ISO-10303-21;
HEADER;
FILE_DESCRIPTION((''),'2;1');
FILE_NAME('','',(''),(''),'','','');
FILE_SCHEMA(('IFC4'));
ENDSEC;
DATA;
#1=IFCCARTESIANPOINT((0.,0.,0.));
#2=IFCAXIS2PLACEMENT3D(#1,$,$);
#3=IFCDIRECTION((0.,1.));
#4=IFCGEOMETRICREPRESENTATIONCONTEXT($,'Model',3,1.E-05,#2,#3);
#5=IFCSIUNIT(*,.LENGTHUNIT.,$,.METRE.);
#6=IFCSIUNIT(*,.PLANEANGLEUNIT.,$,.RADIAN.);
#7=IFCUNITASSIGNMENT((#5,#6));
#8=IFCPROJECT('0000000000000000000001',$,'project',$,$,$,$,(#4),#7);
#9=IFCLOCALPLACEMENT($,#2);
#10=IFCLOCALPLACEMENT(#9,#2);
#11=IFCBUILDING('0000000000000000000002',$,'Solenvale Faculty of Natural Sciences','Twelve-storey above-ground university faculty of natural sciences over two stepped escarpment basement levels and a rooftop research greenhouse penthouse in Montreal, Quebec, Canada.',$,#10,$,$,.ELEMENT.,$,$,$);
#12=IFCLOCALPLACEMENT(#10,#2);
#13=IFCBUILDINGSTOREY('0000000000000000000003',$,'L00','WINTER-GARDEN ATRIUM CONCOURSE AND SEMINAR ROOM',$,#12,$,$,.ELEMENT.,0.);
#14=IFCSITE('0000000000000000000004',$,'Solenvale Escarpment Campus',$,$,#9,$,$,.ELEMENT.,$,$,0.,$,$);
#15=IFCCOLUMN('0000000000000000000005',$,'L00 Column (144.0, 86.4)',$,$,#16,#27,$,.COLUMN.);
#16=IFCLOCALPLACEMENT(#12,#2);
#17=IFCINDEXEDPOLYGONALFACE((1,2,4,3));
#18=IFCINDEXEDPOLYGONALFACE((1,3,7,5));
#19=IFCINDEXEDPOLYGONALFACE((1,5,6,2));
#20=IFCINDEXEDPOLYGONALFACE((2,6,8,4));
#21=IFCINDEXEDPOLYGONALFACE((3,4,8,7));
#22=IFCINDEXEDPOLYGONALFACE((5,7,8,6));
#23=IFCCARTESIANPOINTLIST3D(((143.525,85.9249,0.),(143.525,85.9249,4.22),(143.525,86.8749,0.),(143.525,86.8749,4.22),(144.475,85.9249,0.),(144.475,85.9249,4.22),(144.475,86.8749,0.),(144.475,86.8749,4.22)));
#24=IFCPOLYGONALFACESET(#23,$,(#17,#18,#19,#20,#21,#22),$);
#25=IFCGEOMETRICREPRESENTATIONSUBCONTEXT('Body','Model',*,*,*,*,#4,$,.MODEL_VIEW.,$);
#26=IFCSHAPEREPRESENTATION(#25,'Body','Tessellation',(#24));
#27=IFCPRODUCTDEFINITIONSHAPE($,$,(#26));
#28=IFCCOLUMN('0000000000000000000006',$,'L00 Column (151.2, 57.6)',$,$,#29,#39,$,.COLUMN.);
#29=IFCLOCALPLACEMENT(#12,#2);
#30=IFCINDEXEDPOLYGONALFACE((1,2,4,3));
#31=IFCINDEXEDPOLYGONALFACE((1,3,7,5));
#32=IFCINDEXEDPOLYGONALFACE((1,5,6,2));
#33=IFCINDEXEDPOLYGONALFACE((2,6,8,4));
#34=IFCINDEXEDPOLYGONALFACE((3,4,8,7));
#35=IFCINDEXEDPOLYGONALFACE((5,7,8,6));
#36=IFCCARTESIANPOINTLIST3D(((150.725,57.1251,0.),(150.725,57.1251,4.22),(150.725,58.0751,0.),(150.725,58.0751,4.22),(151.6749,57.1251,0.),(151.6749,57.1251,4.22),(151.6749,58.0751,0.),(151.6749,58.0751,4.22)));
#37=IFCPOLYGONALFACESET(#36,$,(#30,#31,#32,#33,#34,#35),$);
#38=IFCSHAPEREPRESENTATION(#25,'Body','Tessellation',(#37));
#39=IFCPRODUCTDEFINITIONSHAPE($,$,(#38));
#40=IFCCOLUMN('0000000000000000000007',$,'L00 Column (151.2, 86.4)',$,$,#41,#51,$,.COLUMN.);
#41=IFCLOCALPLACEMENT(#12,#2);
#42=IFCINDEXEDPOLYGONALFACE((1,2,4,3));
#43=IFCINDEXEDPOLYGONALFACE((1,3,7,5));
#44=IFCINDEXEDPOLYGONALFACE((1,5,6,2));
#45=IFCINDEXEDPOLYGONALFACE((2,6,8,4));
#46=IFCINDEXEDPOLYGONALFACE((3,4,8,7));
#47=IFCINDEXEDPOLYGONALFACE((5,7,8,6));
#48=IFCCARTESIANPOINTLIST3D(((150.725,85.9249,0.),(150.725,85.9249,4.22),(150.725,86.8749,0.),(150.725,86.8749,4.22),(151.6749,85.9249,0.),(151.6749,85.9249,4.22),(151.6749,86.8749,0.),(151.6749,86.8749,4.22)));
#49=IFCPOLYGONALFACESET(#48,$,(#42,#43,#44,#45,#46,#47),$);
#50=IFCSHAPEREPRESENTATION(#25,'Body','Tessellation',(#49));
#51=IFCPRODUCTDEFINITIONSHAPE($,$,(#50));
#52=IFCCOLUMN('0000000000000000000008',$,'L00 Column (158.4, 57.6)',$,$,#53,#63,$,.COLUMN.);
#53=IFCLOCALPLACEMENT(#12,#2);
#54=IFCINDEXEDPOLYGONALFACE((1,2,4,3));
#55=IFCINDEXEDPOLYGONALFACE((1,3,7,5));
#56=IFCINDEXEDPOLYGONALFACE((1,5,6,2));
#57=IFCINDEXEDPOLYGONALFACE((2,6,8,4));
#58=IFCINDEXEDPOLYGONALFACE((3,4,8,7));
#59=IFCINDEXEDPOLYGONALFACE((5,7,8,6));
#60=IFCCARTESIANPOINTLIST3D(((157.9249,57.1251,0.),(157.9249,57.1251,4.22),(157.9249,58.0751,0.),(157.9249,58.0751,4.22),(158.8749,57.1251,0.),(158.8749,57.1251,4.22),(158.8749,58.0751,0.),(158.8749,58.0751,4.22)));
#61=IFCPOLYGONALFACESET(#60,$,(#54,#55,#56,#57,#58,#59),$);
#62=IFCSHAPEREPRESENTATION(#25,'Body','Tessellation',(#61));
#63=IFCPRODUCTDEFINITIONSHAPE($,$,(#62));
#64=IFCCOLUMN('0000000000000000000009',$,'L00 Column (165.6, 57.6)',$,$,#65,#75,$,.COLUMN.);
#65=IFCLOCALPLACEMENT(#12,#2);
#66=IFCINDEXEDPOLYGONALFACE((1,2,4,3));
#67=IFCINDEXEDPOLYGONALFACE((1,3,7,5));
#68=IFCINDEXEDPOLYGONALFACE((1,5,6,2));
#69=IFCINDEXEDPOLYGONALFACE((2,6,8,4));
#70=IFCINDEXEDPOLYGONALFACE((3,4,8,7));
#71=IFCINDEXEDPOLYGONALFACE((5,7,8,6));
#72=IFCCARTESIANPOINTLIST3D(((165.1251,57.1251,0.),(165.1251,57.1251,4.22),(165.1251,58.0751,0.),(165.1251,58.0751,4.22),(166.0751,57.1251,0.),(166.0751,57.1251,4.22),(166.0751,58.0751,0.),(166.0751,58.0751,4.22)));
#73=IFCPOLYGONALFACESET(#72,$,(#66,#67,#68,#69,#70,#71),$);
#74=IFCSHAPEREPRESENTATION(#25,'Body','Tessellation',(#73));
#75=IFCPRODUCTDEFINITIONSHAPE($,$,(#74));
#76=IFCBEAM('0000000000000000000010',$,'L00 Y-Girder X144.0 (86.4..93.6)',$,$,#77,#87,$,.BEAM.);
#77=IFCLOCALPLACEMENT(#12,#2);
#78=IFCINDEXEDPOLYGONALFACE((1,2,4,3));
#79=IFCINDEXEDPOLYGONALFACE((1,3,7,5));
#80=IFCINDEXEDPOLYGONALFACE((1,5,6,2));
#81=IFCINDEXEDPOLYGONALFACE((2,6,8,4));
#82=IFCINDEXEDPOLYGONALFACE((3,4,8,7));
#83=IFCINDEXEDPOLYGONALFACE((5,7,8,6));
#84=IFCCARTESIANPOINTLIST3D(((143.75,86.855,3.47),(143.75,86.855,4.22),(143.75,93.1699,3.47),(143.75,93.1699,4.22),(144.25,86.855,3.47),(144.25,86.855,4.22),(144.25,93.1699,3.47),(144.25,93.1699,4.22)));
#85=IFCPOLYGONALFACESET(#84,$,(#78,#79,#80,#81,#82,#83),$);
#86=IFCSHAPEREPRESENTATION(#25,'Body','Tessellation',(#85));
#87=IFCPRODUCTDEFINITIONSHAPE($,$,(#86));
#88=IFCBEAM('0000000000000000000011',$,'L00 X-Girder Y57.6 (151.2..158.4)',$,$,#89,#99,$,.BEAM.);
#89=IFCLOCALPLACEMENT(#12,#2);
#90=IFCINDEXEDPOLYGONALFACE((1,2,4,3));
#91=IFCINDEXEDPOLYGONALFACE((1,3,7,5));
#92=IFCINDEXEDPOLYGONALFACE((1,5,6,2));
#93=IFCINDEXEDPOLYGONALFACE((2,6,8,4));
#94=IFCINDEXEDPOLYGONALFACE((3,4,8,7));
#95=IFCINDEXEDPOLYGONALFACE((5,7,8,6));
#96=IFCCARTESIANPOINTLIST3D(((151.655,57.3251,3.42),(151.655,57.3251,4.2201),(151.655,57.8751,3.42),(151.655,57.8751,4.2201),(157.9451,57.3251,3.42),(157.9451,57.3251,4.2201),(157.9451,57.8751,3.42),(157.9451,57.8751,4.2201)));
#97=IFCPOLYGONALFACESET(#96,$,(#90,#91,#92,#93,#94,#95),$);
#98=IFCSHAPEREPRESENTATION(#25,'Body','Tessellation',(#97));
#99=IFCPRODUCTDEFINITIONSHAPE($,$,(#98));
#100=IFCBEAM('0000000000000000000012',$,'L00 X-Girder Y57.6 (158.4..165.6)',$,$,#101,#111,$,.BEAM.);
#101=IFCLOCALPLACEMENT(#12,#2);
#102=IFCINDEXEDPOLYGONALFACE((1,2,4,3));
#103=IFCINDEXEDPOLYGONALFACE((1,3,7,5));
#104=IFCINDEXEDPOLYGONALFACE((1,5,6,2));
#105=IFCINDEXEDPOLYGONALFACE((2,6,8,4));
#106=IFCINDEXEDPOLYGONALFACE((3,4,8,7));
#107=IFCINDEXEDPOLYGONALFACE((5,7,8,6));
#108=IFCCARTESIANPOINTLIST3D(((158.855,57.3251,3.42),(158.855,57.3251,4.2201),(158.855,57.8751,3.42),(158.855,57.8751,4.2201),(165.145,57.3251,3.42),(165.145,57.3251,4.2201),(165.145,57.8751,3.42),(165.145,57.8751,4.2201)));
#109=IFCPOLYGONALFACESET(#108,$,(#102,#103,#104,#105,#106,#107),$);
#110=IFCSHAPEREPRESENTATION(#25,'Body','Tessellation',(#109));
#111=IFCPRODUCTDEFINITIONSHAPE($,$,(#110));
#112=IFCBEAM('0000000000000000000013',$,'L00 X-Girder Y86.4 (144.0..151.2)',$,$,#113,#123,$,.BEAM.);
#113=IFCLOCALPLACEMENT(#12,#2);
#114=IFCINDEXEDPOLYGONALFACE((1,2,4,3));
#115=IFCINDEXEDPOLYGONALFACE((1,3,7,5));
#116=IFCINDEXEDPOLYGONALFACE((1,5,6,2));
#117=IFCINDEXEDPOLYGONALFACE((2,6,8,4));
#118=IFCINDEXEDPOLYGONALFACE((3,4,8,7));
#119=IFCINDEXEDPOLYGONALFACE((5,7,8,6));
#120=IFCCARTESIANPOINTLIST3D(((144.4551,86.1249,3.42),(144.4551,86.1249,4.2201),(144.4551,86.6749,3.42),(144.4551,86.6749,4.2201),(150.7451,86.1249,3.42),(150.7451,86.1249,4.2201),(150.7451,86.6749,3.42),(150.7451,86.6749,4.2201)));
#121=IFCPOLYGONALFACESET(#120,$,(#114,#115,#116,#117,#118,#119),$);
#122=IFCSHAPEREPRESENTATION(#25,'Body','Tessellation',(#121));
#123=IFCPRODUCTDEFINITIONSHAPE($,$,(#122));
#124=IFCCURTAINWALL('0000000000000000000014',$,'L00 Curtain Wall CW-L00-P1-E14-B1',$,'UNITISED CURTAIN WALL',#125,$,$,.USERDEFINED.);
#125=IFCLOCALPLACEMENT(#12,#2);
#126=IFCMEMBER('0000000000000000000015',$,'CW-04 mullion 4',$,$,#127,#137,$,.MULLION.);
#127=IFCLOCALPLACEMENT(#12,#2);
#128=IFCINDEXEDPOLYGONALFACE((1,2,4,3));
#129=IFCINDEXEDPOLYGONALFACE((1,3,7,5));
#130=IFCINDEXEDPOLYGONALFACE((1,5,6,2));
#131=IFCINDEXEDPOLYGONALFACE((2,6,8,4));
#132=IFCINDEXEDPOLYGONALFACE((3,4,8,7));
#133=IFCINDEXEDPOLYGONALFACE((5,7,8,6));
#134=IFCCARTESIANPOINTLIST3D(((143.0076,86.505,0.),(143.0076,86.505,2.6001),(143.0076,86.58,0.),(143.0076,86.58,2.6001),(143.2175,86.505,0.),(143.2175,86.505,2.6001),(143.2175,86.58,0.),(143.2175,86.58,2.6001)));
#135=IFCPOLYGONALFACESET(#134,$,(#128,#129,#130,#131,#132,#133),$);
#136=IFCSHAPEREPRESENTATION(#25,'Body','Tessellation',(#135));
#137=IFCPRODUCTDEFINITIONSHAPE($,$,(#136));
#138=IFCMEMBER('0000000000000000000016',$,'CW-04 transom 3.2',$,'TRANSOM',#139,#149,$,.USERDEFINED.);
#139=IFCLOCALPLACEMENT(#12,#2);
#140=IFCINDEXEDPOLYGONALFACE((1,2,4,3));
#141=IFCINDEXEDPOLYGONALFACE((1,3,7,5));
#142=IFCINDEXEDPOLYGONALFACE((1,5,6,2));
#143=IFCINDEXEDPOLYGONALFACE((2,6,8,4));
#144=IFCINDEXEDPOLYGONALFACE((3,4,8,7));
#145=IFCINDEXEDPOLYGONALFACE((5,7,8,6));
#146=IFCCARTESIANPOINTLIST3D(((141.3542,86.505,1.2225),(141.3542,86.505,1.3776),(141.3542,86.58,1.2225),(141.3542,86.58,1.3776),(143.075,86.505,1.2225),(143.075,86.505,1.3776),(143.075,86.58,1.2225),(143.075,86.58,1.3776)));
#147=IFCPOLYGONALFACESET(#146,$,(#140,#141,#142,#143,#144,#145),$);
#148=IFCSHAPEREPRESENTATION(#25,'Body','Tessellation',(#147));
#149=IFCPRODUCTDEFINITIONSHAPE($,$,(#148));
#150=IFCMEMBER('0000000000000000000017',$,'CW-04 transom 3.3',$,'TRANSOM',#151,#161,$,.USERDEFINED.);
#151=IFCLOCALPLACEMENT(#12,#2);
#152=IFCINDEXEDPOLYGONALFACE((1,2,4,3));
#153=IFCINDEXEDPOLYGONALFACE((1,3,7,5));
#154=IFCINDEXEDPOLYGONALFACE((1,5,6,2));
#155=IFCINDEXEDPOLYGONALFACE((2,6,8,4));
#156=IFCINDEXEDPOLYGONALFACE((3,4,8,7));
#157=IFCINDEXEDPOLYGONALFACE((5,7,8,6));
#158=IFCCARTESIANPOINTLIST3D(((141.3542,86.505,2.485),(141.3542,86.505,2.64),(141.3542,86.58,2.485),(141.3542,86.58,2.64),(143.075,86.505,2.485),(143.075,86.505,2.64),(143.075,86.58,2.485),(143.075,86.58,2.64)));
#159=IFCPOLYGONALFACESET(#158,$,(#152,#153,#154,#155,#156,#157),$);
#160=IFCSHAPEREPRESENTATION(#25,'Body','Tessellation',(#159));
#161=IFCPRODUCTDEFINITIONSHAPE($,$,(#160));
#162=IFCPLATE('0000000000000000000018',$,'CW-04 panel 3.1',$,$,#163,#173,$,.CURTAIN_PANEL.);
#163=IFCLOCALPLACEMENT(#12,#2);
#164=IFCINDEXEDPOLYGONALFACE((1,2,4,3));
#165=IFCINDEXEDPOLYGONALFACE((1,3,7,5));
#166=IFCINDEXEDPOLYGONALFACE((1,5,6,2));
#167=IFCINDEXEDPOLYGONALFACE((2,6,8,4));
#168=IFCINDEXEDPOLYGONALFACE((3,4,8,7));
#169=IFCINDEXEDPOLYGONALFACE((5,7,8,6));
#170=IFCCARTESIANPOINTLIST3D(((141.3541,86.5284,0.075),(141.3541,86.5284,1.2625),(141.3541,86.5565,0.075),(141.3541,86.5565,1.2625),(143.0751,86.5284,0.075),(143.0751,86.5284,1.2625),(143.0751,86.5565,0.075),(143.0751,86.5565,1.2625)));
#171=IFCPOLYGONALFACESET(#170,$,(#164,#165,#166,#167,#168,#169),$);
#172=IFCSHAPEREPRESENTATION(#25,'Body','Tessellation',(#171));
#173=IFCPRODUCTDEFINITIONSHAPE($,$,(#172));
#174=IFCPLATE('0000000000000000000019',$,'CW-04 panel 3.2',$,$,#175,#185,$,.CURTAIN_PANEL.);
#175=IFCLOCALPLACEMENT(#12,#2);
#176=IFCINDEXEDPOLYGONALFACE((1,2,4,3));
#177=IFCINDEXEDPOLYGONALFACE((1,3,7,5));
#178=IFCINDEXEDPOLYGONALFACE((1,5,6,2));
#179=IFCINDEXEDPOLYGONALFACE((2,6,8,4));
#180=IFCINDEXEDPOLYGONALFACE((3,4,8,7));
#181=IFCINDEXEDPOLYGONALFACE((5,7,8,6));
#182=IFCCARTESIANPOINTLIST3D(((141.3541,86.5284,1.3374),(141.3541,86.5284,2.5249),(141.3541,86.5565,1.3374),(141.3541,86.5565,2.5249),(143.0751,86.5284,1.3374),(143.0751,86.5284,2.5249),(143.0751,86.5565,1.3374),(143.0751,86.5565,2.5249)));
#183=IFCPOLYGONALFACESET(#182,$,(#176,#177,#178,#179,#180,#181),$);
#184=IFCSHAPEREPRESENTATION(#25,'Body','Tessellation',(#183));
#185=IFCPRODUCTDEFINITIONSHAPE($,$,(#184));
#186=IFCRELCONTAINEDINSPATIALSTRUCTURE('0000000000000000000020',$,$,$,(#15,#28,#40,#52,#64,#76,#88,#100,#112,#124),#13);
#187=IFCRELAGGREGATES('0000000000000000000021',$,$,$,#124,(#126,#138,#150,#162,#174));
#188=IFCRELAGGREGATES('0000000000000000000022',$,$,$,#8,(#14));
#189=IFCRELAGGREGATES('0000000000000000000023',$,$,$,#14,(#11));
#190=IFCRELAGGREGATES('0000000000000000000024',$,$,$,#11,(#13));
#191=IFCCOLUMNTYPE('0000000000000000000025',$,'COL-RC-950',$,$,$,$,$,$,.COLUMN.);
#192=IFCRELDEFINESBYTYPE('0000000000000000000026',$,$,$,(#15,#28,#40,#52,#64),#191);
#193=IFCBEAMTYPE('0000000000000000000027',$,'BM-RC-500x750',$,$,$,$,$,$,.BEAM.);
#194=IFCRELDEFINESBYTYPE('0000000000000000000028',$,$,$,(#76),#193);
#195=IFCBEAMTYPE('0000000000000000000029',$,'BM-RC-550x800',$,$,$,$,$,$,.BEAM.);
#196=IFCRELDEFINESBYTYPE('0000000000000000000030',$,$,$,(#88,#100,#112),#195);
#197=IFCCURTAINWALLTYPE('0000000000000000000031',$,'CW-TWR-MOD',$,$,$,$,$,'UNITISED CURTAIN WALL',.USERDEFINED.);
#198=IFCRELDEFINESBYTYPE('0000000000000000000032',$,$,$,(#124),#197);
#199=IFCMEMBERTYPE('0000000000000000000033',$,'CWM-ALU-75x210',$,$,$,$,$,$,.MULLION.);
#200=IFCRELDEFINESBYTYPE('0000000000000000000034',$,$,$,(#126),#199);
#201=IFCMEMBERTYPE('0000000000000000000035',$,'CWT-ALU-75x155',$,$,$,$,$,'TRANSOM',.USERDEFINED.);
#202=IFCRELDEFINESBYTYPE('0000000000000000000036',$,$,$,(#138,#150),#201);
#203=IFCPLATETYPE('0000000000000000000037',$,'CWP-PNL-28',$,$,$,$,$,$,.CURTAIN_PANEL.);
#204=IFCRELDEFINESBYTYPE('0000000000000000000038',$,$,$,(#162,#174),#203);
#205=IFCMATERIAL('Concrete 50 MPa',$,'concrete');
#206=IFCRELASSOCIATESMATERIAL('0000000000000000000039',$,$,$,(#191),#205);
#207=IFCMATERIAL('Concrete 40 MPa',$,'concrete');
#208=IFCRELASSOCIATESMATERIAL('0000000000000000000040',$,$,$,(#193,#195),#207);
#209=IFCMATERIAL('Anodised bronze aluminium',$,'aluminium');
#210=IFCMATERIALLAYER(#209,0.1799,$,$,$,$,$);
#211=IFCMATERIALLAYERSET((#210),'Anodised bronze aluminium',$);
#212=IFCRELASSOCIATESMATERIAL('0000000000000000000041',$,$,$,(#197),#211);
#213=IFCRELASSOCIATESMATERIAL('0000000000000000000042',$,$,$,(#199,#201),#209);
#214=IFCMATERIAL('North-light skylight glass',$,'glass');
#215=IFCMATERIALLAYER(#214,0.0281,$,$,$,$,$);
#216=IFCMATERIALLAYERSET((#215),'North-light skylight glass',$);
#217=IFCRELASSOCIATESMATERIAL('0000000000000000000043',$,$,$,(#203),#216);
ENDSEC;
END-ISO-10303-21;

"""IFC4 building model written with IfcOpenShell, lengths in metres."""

from ifc_helpers import new_model, si_unit, direction, frame, origin, origin_2d, place, context, subcontext, project, spatial, rectangle, extrude, material, layer, layer_set, material_profile, profile_set, type_object, element, aggregate, save


model = new_model("IFC4")

# Units and contexts
model_context = context("Model", 3, precision=1e-05, world=origin(), true_north=direction((0.0, 1.0)))
body_context = subcontext(model_context, "Body", "Model", "MODEL_VIEW")
ifc_project = project(units=[si_unit("LENGTHUNIT", "METRE"), si_unit("PLANEANGLEUNIT", "RADIAN")], contexts=[model_context])

# Site, building, storey
site_placement = place(None, origin())
site = spatial("IfcSite", under=ifc_project, at=site_placement, Name="Solenvale Escarpment Campus", CompositionType="ELEMENT", RefElevation=0.0)
building_placement = place(site_placement, origin())
building = spatial("IfcBuilding", under=site, at=building_placement, Name="Solenvale Faculty of Natural Sciences", Description="Twelve-storey above-ground university faculty of natural sciences over two stepped escarpment basement levels and a rooftop research greenhouse penthouse in Montreal, Quebec, Canada.", CompositionType="ELEMENT")
storey_placement = place(building_placement, origin())
storey = spatial("IfcBuildingStorey", under=building, at=storey_placement, Name="L00", Description="WINTER-GARDEN ATRIUM CONCOURSE AND SEMINAR ROOM", CompositionType="ELEMENT", Elevation=0.0)

# Columns
ifc_material_1 = material(Name="Concrete 50 MPa", Category="concrete")
ifc_material_profile_1 = material_profile(ifc_material_1, rectangle(XDim=0.95, YDim=0.95, at=origin_2d()), Name="RC-COL-950x950")
ifc_profile_set_1 = profile_set([ifc_material_profile_1], Name="Concrete 50 MPa")
column_type = type_object("IfcColumnType", Name="COL-RC-950", PredefinedType="COLUMN", material=ifc_profile_set_1)
for number, where, z_axis, x_axis, name in (
    (1, (144.0, 86.3999, 0.0), (0.0, 0.0, 1.0), (1.0, 0.0, 0.0), "L00 Column (144.0, 86.4)"),
    (2, (151.2, 57.6001, 0.0), (0.0, 0.0, 1.0), (1.0, 0.0, 0.0), "L00 Column (151.2, 57.6)"),
    (3, (151.2, 86.3999, 0.0), (0.0, 0.0, 1.0), (1.0, 0.0, 0.0), "L00 Column (151.2, 86.4)"),
    (4, (158.3999, 57.6001, 0.0), (0.0, 0.0, 1.0), (1.0, 0.0, 0.0), "L00 Column (158.4, 57.6)"),
    (5, (165.6001, 57.6001, 0.0), (0.0, 0.0, 1.0), (1.0, 0.0, 0.0), "L00 Column (165.6, 57.6)"),
):
    element("IfcColumn", number, at=place(storey_placement, frame(where, z_axis=z_axis, x_axis=x_axis)), inside=storey, type_object=column_type, Name=name, PredefinedType="COLUMN", context=body_context, shape_type="SweptSolid", body=[
        extrude(rectangle(XDim=0.95, YDim=0.95, at=origin_2d()), origin(), (0.0, 0.0, 1.0), 4.22),
    ])

# Beams
ifc_material_2 = material(Name="Concrete 40 MPa", Category="concrete")
ifc_material_profile_2 = material_profile(ifc_material_2, rectangle(XDim=0.5, YDim=0.75, at=origin_2d()), Name="RC-BM-500x750")
ifc_profile_set_2 = profile_set([ifc_material_profile_2], Name="Concrete 40 MPa")
beam_type_1 = type_object("IfcBeamType", Name="BM-RC-500x750", PredefinedType="BEAM", material=ifc_profile_set_2)
beam_placement = place(storey_placement, frame((144.0, 86.855, 3.845), z_axis=(0.0, 1.0, 0.0), x_axis=(-1.0, 0.0, 0.0)))
element("IfcBeam", 6, at=beam_placement, inside=storey, type_object=beam_type_1, Name="L00 Y-Girder X144.0 (86.4..93.6)", PredefinedType="BEAM", context=body_context, shape_type="SweptSolid", body=[
    extrude(rectangle(XDim=0.5, YDim=0.75, at=origin_2d()), origin(), (0.0, 0.0, 1.0), 6.3149),
])
ifc_material_profile_3 = material_profile(ifc_material_2, rectangle(XDim=0.55, YDim=0.8, at=origin_2d()), Name="RC-BM-550x800")
ifc_profile_set_3 = profile_set([ifc_material_profile_3], Name="Concrete 40 MPa")
beam_type_2 = type_object("IfcBeamType", Name="BM-RC-550x800", PredefinedType="BEAM", material=ifc_profile_set_3)
for number, where, z_axis, x_axis, name in (
    (7, (151.655, 57.6001, 3.8201), (1.0, 0.0, 0.0), (0.0, 1.0, 0.0), "L00 X-Girder Y57.6 (151.2..158.4)"),
    (8, (158.855, 57.6001, 3.8201), (1.0, 0.0, 0.0), (0.0, 1.0, 0.0), "L00 X-Girder Y57.6 (158.4..165.6)"),
    (9, (144.4551, 86.3999, 3.8201), (1.0, 0.0, 0.0), (0.0, 1.0, 0.0), "L00 X-Girder Y86.4 (144.0..151.2)"),
):
    element("IfcBeam", number, at=place(storey_placement, frame(where, z_axis=z_axis, x_axis=x_axis)), inside=storey, type_object=beam_type_2, Name=name, PredefinedType="BEAM", context=body_context, shape_type="SweptSolid", body=[
        extrude(rectangle(XDim=0.55, YDim=0.8, at=origin_2d()), origin(), (0.0, 0.0, 1.0), 6.29),
    ])

# Curtain wall, members, plates
ifc_material_3 = material(Name="Anodised bronze aluminium", Category="aluminium")
ifc_layer_1 = layer(ifc_material_3, 0.1799)
ifc_layer_set_1 = layer_set([ifc_layer_1], Name="Anodised bronze aluminium")
curtain_wall_type = type_object("IfcCurtainWallType", Name="CW-TWR-MOD", ElementType="UNITISED CURTAIN WALL", PredefinedType="USERDEFINED", material=ifc_layer_set_1)
curtain_wall_placement = place(storey_placement, origin())
curtain_wall = element("IfcCurtainWall", 10, at=curtain_wall_placement, inside=storey, type_object=curtain_wall_type, Name="L00 Curtain Wall CW-L00-P1-E14-B1", ObjectType="UNITISED CURTAIN WALL", PredefinedType="USERDEFINED")
ifc_material_profile_4 = material_profile(ifc_material_3, rectangle(XDim=0.075, YDim=0.21, at=origin_2d()), Name="ALU-MUL-75x210")
ifc_profile_set_4 = profile_set([ifc_material_profile_4], Name="Anodised bronze aluminium")
member_type_1 = type_object("IfcMemberType", Name="CWM-ALU-75x210", PredefinedType="MULLION", material=ifc_profile_set_4)
member_1_placement = place(storey_placement, frame((143.1125, 86.5425, 0.0), z_axis=(0.0, 0.0, 1.0), x_axis=(0.0, 1.0, 0.0)))
member_1 = element("IfcMember", 11, at=member_1_placement, type_object=member_type_1, Name="CW-04 mullion 4", PredefinedType="MULLION", context=body_context, shape_type="SweptSolid", body=[
    extrude(rectangle(XDim=0.075, YDim=0.21, at=origin_2d()), origin(), (0.0, 0.0, 1.0), 2.6001),
])
ifc_material_profile_5 = material_profile(ifc_material_3, rectangle(XDim=0.075, YDim=0.155, at=origin_2d()), Name="ALU-TRN-75x155")
ifc_profile_set_5 = profile_set([ifc_material_profile_5], Name="Anodised bronze aluminium")
member_type_2 = type_object("IfcMemberType", Name="CWT-ALU-75x155", ElementType="TRANSOM", PredefinedType="USERDEFINED", material=ifc_profile_set_5)
member_2_placement = place(storey_placement, frame((141.3542, 86.5425, 1.3), z_axis=(1.0, 0.0, 0.0), x_axis=(0.0, 1.0, 0.0)))
member_2 = element("IfcMember", 12, at=member_2_placement, type_object=member_type_2, Name="CW-04 transom 3.2", ObjectType="TRANSOM", PredefinedType="USERDEFINED", context=body_context, shape_type="SweptSolid", body=[
    extrude(rectangle(XDim=0.075, YDim=0.155, at=origin_2d()), origin(), (0.0, 0.0, 1.0), 1.7207),
])
member_3_placement = place(storey_placement, frame((141.3542, 86.5425, 2.5625), z_axis=(1.0, 0.0, 0.0), x_axis=(0.0, 1.0, 0.0)))
member_3 = element("IfcMember", 13, at=member_3_placement, type_object=member_type_2, Name="CW-04 transom 3.3", ObjectType="TRANSOM", PredefinedType="USERDEFINED", context=body_context, shape_type="SweptSolid", body=[
    extrude(rectangle(XDim=0.075, YDim=0.155, at=origin_2d()), origin(), (0.0, 0.0, 1.0), 1.7207),
])
ifc_material_4 = material(Name="North-light skylight glass", Category="glass")
ifc_layer_2 = layer(ifc_material_4, 0.0281)
ifc_layer_set_2 = layer_set([ifc_layer_2], Name="North-light skylight glass")
plate_type = type_object("IfcPlateType", Name="CWP-PNL-28", PredefinedType="CURTAIN_PANEL", material=ifc_layer_set_2)
plate_1_placement = place(storey_placement, frame((142.2146, 86.5425, 0.075), z_axis=(0.0, 0.0, 1.0), x_axis=(1.0, 0.0, 0.0)))
plate_1 = element("IfcPlate", 14, at=plate_1_placement, type_object=plate_type, Name="CW-04 panel 3.1", PredefinedType="CURTAIN_PANEL", context=body_context, shape_type="SweptSolid", body=[
    extrude(rectangle(XDim=1.7209, YDim=0.0281, at=origin_2d()), origin(), (0.0, 0.0, 1.0), 1.1875),
])
plate_2_placement = place(storey_placement, frame((142.2146, 86.5425, 1.3374), z_axis=(0.0, 0.0, 1.0), x_axis=(1.0, 0.0, 0.0)))
plate_2 = element("IfcPlate", 15, at=plate_2_placement, type_object=plate_type, Name="CW-04 panel 3.2", PredefinedType="CURTAIN_PANEL", context=body_context, shape_type="SweptSolid", body=[
    extrude(rectangle(XDim=1.7209, YDim=0.0281, at=origin_2d()), origin(), (0.0, 0.0, 1.0), 1.1875),
])
aggregate(curtain_wall, [member_1, member_2, member_3, plate_1, plate_2])

save(model, "model.ifc")
